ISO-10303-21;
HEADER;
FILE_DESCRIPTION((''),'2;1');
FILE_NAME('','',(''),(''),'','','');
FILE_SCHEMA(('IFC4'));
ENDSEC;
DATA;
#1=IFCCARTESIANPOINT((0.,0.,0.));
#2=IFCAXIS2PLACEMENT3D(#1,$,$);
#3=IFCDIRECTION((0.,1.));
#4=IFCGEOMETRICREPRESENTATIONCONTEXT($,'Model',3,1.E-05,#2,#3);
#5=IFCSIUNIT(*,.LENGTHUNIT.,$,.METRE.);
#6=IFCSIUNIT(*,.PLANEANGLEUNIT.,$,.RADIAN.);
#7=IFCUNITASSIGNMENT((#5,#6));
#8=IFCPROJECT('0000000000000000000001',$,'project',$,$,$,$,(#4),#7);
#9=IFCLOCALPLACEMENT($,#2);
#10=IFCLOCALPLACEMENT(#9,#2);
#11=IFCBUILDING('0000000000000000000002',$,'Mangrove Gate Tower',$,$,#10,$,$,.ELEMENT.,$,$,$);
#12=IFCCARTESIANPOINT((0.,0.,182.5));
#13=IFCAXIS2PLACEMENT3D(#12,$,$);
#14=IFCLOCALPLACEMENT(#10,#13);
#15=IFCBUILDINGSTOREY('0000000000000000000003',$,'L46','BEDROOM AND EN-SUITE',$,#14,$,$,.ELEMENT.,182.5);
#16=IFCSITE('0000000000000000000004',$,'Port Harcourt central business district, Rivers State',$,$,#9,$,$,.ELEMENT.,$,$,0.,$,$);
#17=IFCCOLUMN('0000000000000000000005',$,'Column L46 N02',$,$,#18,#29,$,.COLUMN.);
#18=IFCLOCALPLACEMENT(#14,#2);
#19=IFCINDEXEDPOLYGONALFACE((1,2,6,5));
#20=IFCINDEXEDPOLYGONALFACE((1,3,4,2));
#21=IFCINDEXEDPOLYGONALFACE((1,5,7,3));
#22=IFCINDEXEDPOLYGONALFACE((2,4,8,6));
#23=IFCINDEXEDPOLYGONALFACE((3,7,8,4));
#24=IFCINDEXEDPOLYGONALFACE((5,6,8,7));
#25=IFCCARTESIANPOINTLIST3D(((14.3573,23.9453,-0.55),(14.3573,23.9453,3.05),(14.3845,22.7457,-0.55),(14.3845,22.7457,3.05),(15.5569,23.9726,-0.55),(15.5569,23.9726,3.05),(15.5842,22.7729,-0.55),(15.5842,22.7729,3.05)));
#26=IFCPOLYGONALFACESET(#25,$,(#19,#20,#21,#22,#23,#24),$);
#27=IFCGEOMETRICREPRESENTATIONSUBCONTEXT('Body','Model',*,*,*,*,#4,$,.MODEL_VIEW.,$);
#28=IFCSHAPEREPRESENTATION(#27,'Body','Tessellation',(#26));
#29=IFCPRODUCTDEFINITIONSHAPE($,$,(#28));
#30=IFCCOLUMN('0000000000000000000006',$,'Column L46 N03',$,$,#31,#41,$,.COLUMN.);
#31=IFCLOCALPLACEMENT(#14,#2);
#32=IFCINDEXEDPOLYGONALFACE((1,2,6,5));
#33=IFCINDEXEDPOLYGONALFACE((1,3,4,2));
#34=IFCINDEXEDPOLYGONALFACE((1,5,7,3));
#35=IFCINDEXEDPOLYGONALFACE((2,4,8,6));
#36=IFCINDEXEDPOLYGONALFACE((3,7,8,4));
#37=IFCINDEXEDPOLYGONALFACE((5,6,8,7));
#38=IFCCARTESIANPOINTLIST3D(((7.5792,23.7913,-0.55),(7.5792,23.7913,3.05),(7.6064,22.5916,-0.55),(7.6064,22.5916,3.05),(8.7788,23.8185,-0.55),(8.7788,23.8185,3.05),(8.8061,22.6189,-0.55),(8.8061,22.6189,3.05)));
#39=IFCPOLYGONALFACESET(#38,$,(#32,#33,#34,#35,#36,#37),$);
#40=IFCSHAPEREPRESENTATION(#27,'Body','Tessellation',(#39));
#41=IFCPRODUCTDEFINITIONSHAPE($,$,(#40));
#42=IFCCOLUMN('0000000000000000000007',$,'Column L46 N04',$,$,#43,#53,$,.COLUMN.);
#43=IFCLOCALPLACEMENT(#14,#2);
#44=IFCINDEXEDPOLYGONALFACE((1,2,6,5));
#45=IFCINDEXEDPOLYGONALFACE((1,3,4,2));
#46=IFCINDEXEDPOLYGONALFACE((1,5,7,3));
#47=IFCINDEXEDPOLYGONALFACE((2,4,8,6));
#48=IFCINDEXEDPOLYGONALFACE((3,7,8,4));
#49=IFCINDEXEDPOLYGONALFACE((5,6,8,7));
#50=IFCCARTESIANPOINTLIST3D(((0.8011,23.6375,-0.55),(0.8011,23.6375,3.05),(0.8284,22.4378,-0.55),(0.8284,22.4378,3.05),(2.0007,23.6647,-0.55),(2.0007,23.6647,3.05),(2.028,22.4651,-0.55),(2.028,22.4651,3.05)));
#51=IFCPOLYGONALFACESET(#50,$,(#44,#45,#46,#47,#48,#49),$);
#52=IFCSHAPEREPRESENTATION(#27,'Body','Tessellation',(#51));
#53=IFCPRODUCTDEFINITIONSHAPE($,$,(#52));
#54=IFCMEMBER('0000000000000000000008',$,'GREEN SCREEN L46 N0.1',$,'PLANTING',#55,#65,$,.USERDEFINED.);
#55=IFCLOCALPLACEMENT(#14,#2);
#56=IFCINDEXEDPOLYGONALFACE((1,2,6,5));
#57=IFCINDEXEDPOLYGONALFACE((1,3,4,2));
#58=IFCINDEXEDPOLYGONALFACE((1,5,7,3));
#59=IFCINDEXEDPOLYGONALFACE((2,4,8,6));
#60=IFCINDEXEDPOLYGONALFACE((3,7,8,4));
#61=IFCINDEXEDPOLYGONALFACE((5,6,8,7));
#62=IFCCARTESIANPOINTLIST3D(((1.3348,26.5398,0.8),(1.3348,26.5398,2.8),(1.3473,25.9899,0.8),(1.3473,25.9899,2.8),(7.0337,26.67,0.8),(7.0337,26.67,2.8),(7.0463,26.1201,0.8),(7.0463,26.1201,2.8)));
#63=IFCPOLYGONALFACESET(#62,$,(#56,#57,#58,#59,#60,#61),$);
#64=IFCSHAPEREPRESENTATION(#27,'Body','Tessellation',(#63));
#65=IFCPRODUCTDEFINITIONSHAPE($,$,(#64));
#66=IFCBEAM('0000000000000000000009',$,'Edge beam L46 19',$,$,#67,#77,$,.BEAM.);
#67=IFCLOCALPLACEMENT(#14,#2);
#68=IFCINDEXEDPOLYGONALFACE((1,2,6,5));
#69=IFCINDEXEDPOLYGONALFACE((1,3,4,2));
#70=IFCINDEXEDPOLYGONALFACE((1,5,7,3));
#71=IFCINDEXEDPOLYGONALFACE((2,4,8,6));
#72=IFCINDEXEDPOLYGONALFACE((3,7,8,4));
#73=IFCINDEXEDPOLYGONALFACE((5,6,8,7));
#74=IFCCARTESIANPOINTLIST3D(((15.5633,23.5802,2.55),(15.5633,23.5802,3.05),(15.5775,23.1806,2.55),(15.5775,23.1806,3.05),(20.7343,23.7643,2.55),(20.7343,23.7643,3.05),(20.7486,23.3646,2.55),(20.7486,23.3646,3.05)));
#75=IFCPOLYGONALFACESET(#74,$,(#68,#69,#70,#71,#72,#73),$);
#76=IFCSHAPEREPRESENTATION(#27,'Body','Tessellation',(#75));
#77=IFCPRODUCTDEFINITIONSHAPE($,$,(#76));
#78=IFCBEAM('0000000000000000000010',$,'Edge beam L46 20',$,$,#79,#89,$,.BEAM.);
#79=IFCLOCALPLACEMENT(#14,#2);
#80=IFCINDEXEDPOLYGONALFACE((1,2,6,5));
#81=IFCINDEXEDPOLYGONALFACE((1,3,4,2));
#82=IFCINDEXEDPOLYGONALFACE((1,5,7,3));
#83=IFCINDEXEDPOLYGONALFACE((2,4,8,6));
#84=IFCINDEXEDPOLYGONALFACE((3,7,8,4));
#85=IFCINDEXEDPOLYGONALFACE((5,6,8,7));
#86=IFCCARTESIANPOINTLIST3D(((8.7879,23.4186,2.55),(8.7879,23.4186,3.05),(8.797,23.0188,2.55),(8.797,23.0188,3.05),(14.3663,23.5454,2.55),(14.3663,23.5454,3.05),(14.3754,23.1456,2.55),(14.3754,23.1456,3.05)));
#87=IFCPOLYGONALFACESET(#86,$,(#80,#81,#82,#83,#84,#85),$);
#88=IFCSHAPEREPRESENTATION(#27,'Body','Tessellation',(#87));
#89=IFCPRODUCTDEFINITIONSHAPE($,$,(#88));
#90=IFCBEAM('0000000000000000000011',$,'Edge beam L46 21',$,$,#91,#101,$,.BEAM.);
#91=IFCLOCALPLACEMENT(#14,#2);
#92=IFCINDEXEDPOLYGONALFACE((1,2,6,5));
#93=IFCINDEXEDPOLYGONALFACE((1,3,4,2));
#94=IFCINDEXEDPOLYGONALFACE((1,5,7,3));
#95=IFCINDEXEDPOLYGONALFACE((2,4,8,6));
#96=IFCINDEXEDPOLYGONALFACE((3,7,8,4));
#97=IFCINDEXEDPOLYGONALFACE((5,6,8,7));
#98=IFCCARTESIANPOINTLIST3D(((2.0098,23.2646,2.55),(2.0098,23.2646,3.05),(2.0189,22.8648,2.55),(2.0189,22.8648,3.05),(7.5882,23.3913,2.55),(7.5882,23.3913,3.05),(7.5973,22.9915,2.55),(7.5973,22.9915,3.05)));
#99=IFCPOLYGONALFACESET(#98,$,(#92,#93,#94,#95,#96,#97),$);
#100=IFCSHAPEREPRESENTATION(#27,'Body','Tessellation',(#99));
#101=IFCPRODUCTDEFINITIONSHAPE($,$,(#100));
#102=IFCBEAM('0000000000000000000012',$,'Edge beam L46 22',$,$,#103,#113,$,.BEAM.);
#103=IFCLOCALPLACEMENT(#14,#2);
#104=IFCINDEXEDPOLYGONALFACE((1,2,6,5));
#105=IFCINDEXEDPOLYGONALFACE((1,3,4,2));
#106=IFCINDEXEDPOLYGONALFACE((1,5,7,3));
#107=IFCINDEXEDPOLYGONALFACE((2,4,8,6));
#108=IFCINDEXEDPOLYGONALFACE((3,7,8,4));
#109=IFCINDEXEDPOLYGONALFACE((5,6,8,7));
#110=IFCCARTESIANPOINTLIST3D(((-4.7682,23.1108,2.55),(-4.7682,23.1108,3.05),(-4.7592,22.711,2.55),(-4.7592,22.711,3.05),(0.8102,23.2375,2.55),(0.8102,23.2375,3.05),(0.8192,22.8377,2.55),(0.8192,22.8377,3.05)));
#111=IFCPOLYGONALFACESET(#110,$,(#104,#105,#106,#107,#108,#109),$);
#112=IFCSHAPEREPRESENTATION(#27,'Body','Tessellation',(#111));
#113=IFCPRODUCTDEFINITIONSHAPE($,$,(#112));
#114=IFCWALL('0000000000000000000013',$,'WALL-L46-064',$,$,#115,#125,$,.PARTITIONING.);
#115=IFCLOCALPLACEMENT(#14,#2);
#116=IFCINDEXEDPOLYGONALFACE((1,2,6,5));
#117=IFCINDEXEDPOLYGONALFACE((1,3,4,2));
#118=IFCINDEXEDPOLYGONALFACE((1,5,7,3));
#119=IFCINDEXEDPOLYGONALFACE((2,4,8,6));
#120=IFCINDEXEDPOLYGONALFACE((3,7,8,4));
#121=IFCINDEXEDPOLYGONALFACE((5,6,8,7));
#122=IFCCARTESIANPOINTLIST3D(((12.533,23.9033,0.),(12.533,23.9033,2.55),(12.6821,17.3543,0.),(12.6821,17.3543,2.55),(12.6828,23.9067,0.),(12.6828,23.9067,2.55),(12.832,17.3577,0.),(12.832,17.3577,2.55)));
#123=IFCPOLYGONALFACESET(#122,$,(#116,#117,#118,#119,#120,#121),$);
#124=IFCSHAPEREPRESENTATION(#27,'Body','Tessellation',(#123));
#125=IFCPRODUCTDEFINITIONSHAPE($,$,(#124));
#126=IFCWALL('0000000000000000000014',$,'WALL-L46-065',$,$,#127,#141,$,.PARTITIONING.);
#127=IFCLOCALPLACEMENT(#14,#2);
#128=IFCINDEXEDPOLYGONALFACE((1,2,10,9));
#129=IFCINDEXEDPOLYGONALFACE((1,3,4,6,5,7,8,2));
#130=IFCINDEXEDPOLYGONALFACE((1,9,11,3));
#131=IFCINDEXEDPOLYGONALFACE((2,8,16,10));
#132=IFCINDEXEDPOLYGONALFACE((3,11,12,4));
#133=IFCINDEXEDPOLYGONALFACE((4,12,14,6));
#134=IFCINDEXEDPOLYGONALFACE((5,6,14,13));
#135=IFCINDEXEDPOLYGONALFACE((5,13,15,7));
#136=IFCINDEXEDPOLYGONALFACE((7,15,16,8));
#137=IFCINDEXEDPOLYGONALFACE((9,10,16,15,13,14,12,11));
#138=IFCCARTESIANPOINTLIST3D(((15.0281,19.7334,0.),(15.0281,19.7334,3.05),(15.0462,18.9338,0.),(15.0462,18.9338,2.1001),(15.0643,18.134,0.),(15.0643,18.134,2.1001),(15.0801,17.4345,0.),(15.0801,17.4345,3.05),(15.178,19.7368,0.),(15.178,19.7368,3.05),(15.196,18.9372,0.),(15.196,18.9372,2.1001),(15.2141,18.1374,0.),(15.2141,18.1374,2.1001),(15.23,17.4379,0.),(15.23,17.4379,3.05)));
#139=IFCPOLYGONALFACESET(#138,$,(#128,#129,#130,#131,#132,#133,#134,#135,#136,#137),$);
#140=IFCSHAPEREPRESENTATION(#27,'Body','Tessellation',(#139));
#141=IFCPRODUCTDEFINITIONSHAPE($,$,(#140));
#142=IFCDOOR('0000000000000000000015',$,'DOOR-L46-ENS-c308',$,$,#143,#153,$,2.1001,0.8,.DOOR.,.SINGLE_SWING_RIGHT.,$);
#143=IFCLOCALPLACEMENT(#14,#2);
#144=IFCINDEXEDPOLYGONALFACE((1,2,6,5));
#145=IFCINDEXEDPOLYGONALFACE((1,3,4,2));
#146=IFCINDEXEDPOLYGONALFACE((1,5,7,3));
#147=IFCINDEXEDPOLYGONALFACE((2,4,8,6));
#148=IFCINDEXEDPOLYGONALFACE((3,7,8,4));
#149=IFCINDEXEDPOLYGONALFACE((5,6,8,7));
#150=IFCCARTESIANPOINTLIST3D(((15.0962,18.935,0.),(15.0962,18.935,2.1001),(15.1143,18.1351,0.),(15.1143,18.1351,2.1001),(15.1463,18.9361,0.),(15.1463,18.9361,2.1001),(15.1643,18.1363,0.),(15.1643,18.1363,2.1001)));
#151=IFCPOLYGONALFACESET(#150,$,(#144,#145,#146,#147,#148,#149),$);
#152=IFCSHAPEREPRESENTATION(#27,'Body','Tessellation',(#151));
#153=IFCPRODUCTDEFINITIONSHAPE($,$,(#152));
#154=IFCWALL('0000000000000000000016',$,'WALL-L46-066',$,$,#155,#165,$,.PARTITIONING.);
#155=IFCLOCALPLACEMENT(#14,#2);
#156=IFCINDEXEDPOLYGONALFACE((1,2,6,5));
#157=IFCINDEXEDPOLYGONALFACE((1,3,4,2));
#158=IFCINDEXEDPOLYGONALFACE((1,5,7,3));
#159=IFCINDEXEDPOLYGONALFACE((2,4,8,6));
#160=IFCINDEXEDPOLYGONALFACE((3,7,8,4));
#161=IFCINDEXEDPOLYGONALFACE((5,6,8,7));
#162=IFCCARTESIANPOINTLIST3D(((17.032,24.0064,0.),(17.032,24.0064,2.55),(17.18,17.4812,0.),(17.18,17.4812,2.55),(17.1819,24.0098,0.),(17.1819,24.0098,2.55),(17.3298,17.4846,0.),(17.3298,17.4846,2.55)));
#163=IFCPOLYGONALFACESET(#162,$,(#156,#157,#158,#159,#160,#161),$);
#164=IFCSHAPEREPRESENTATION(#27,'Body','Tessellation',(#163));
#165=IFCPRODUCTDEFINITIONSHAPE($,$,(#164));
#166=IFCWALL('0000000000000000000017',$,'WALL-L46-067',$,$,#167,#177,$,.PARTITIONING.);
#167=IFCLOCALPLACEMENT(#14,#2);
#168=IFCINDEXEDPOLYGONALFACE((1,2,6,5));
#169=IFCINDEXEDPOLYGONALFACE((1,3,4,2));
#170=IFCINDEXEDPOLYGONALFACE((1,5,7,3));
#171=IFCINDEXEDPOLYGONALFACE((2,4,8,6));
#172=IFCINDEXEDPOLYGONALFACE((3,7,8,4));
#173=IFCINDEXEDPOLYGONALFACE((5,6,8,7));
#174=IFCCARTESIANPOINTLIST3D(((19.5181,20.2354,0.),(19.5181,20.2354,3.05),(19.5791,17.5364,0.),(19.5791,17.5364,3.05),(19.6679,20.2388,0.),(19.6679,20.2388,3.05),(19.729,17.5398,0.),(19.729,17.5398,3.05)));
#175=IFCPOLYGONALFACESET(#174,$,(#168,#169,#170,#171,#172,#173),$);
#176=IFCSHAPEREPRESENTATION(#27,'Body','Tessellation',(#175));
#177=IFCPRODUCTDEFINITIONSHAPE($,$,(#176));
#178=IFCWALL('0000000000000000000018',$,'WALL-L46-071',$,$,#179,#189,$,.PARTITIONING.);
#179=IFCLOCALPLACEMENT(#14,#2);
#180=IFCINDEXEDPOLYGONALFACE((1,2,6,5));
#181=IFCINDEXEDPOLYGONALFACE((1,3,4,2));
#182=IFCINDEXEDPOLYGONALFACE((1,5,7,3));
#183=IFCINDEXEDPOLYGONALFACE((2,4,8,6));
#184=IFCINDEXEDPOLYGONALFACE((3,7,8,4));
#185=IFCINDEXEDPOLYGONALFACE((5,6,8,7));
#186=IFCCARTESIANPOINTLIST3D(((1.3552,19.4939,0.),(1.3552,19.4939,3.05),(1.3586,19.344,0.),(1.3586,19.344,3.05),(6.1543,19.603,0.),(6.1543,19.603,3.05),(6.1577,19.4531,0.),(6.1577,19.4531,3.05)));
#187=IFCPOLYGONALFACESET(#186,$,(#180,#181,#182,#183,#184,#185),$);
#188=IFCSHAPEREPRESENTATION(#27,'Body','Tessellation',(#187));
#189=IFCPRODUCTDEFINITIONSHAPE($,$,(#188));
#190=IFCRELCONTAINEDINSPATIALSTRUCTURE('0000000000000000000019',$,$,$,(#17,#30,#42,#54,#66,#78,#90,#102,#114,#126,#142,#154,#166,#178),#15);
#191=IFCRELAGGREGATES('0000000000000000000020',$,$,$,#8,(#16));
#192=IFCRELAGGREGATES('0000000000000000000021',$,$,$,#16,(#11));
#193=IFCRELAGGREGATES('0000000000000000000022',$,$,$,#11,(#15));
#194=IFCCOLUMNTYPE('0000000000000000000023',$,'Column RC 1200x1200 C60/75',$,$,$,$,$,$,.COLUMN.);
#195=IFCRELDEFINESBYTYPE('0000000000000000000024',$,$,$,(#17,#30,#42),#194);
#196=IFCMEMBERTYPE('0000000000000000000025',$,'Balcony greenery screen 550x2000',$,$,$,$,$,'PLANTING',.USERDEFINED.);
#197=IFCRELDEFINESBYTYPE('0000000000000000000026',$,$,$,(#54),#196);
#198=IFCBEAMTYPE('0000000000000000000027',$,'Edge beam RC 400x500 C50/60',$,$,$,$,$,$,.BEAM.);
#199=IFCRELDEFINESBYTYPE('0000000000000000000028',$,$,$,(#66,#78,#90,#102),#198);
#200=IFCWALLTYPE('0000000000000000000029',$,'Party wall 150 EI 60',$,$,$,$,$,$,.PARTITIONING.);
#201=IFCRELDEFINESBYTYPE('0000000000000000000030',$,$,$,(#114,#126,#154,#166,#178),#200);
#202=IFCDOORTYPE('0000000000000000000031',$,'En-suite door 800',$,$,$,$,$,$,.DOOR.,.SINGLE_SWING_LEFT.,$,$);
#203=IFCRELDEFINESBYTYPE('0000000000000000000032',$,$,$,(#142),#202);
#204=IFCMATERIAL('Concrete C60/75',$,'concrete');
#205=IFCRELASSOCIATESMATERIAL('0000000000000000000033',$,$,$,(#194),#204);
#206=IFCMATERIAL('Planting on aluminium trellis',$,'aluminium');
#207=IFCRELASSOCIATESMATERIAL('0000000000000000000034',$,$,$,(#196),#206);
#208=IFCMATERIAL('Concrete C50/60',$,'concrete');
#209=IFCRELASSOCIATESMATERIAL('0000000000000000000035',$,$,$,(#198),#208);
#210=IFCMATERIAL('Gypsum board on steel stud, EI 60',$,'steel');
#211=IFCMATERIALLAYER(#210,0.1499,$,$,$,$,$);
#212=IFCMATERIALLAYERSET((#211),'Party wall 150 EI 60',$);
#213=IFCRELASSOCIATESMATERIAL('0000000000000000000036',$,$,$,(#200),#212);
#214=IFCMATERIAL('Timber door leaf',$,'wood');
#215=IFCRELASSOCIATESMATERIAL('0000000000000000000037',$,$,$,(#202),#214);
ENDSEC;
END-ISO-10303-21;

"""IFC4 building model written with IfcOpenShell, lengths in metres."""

from ifc_helpers import new_model, si_unit, direction, frame, frame_2d, origin, origin_2d, place, context, subcontext, project, spatial, rectangle, extrude, material, layer, layer_set, material_profile, profile_set, type_object, element, fill, save


model = new_model("IFC4")

# Units and contexts
model_context = context("Model", 3, precision=1e-05, world=origin(), true_north=direction((0.0, 1.0)))
body_context = subcontext(model_context, "Body", "Model", "MODEL_VIEW")
ifc_project = project(units=[si_unit("LENGTHUNIT", "METRE"), si_unit("PLANEANGLEUNIT", "RADIAN")], contexts=[model_context])

# Site, building, storey
site_placement = place(None, origin())
site = spatial("IfcSite", under=ifc_project, at=site_placement, Name="Port Harcourt central business district, Rivers State", CompositionType="ELEMENT", RefElevation=0.0)
building_placement = place(site_placement, origin())
building = spatial("IfcBuilding", under=site, at=building_placement, Name="Mangrove Gate Tower", CompositionType="ELEMENT")
storey_placement = place(building_placement, frame((0.0, 0.0, 182.5)))
storey = spatial("IfcBuildingStorey", under=building, at=storey_placement, Name="L46", Description="BEDROOM AND EN-SUITE", CompositionType="ELEMENT", Elevation=182.5)

# Columns
ifc_material_1 = material(Name="Concrete C60/75", Category="concrete")
ifc_material_profile_1 = material_profile(ifc_material_1, rectangle(XDim=1.2, YDim=1.2, at=origin_2d()))
ifc_profile_set_1 = profile_set([ifc_material_profile_1], Name="Concrete C60/75")
column_type = type_object("IfcColumnType", Name="Column RC 1200x1200 C60/75", PredefinedType="COLUMN", material=ifc_profile_set_1)
for number, where, z_axis, x_axis, name in (
    (1, (14.9707, 23.3591, -0.55), (0.0, 0.0, 1.0), (-0.999742, -0.022713, 0.0), "Column L46 N02"),
    (2, (8.1926, 23.2051, -0.55), (0.0, 0.0, 1.0), (-0.999742, -0.022715, 0.0), "Column L46 N03"),
    (3, (1.4146, 23.0513, -0.55), (0.0, 0.0, 1.0), (-0.999742, -0.022715, 0.0), "Column L46 N04"),
):
    element("IfcColumn", number, at=place(storey_placement, frame(where, z_axis=z_axis, x_axis=x_axis)), inside=storey, type_object=column_type, Name=name, PredefinedType="COLUMN", context=body_context, shape_type="SweptSolid", body=[
        extrude(rectangle(XDim=1.2, YDim=1.2, at=origin_2d()), origin(), (0.0, 0.0, 1.0), 3.6001),
    ])

# Member
ifc_material_2 = material(Name="Planting on aluminium trellis", Category="aluminium")
ifc_material_profile_2 = material_profile(ifc_material_2, rectangle(XDim=0.55, YDim=2.0, at=origin_2d()))
ifc_profile_set_2 = profile_set([ifc_material_profile_2], Name="Planting on aluminium trellis")
member_type = type_object("IfcMemberType", Name="Balcony greenery screen 550x2000", ElementType="PLANTING", PredefinedType="USERDEFINED", material=ifc_profile_set_2)
member_placement = place(storey_placement, frame((1.3411, 26.2649, 1.8), z_axis=(0.999739, 0.022827, 0.0), x_axis=(-0.022827, 0.999739, 0.0)))
element("IfcMember", 4, at=member_placement, inside=storey, type_object=member_type, Name="GREEN SCREEN L46 N0.1", ObjectType="PLANTING", PredefinedType="USERDEFINED", context=body_context, shape_type="SweptSolid", body=[
    extrude(rectangle(XDim=0.55, YDim=2.0, at=origin_2d()), origin(), (0.0, 0.0, 1.0), 5.7004),
])

# Beams
ifc_material_3 = material(Name="Concrete C50/60", Category="concrete")
ifc_material_profile_3 = material_profile(ifc_material_3, rectangle(XDim=0.3999, YDim=0.5, at=origin_2d()))
ifc_profile_set_3 = profile_set([ifc_material_profile_3], Name="Concrete C50/60")
beam_type = type_object("IfcBeamType", Name="Edge beam RC 400x500 C50/60", PredefinedType="BEAM", material=ifc_profile_set_3)
beam_placement = place(storey_placement, frame((20.7415, 23.5645, 2.8), z_axis=(-0.999367, -0.035575, 0.0), x_axis=(0.035575, -0.999367, 0.0)))
element("IfcBeam", 5, at=beam_placement, inside=storey, type_object=beam_type, Name="Edge beam L46 19", PredefinedType="BEAM", context=body_context, shape_type="SweptSolid", body=[
    extrude(rectangle(XDim=0.3999, YDim=0.5, at=origin_2d()), origin(), (0.0, 0.0, 1.0), 5.1743),
])
for number, where, z_axis, x_axis, name in (
    (6, (14.3708, 23.3455, 2.8), (-0.999742, -0.022708, 0.0), (0.022708, -0.999742, 0.0), "Edge beam L46 20"),
    (7, (7.5928, 23.1914, 2.8), (-0.999742, -0.022708, 0.0), (0.022708, -0.999742, 0.0), "Edge beam L46 21"),
    (8, (0.8147, 23.0376, 2.8), (-0.999742, -0.022708, 0.0), (0.022708, -0.999742, 0.0), "Edge beam L46 22"),
):
    element("IfcBeam", number, at=place(storey_placement, frame(where, z_axis=z_axis, x_axis=x_axis)), inside=storey, type_object=beam_type, Name=name, PredefinedType="BEAM", context=body_context, shape_type="SweptSolid", body=[
        extrude(rectangle(XDim=0.3999, YDim=0.5, at=origin_2d()), origin(), (0.0, 0.0, 1.0), 5.5798),
    ])

# Wall
ifc_material_4 = material(Name="Gypsum board on steel stud, EI 60", Category="steel")
ifc_layer_1 = layer(ifc_material_4, 0.1499)
ifc_layer_set_1 = layer_set([ifc_layer_1], Name="Party wall 150 EI 60")
wall_type_1 = type_object("IfcWallType", Name="Party wall 150 EI 60", PredefinedType="PARTITIONING", material=ifc_layer_set_1)
wall_1_placement = place(storey_placement, frame((12.7571, 17.356, 0.0), z_axis=(0.0, 0.0, 1.0), x_axis=(-0.022771, 0.999741, 0.0)))
element("IfcWall", 9, at=wall_1_placement, inside=storey, type_object=wall_type_1, Name="WALL-L46-064", PredefinedType="PARTITIONING", context=body_context, shape_type="SweptSolid", body=[
    extrude(rectangle(XDim=6.5508, YDim=0.1499, at=frame_2d((3.2754, 0.0))), origin(), (0.0, 0.0, 1.0), 2.55),
])

# Wall, opening, door
wall_2_placement = place(storey_placement, frame((15.155, 17.436, 0.0), z_axis=(0.0, 0.0, 1.0), x_axis=(-0.022613, 0.999744, 0.0)))
wall_2 = element("IfcWall", 10, at=wall_2_placement, inside=storey, type_object=wall_type_1, Name="WALL-L46-065", PredefinedType="PARTITIONING", context=body_context, shape_type="SweptSolid", body=[
    extrude(rectangle(XDim=2.2996, YDim=0.1499, at=frame_2d((1.1499, 0.0))), origin(), (0.0, 0.0, 1.0), 3.05),
])
opening_placement = place(wall_2_placement, frame((0.7, 0.0, 0.0)))
opening = element("IfcOpeningElement", 11, at=opening_placement, cuts=wall_2, PredefinedType="OPENING", context=body_context, shape_type="SweptSolid", body=[
    extrude(rectangle(XDim=0.8, YDim=2.1001, at=frame_2d((0.3999, 1.05))), frame((0.0, 0.085, 0.0), z_axis=(0.0, -1.0, 0.0), x_axis=(1.0, 0.0, 0.0)), (0.0, 0.0, 1.0), 0.1699),
])
ifc_material_5 = material(Name="Timber door leaf", Category="wood")
door_type = type_object("IfcDoorType", Name="En-suite door 800", OperationType="SINGLE_SWING_LEFT", PredefinedType="DOOR", material=ifc_material_5)
door_placement = place(opening_placement, origin())
door = element("IfcDoor", 12, at=door_placement, inside=storey, type_object=door_type, Name="DOOR-L46-ENS-c308", OperationType="SINGLE_SWING_RIGHT", OverallHeight=2.1001, OverallWidth=0.8, PredefinedType="DOOR", context=body_context, shape_type="SweptSolid", body=[
    extrude(rectangle(XDim=0.8, YDim=2.1001, at=frame_2d((0.3999, 1.05))), frame((0.0, 0.0249, 0.0), z_axis=(0.0, -1.0, 0.0), x_axis=(1.0, 0.0, 0.0)), (0.0, 0.0, 1.0), 0.05),
])
fill(opening, door)

# Walls
wall_3_placement = place(storey_placement, frame((17.2549, 17.4829, 0.0), z_axis=(0.0, 0.0, 1.0), x_axis=(-0.022668, 0.999743, 0.0)))
element("IfcWall", 13, at=wall_3_placement, inside=storey, type_object=wall_type_1, Name="WALL-L46-066", PredefinedType="PARTITIONING", context=body_context, shape_type="SweptSolid", body=[
    extrude(rectangle(XDim=6.5269, YDim=0.1499, at=frame_2d((3.2634, 0.0))), origin(), (0.0, 0.0, 1.0), 2.55),
])
wall_4_placement = place(storey_placement, frame((19.6541, 17.5381, 0.0), z_axis=(0.0, 0.0, 1.0), x_axis=(-0.022608, 0.999744, 0.0)))
element("IfcWall", 14, at=wall_4_placement, inside=storey, type_object=wall_type_1, Name="WALL-L46-067", PredefinedType="PARTITIONING", context=body_context, shape_type="SweptSolid", body=[
    extrude(rectangle(XDim=2.6997, YDim=0.1499, at=frame_2d((1.3499, 0.0))), origin(), (0.0, 0.0, 1.0), 3.05),
])
wall_5_placement = place(storey_placement, frame((1.3569, 19.4189, 0.0), z_axis=(0.0, 0.0, 1.0), x_axis=(0.999742, 0.022734, 0.0)))
element("IfcWall", 15, at=wall_5_placement, inside=storey, type_object=wall_type_1, Name="WALL-L46-071", PredefinedType="PARTITIONING", context=body_context, shape_type="SweptSolid", body=[
    extrude(rectangle(XDim=4.8003, YDim=0.1499, at=frame_2d((2.4001, 0.0))), origin(), (0.0, 0.0, 1.0), 3.05),
])

save(model, "model.ifc")
